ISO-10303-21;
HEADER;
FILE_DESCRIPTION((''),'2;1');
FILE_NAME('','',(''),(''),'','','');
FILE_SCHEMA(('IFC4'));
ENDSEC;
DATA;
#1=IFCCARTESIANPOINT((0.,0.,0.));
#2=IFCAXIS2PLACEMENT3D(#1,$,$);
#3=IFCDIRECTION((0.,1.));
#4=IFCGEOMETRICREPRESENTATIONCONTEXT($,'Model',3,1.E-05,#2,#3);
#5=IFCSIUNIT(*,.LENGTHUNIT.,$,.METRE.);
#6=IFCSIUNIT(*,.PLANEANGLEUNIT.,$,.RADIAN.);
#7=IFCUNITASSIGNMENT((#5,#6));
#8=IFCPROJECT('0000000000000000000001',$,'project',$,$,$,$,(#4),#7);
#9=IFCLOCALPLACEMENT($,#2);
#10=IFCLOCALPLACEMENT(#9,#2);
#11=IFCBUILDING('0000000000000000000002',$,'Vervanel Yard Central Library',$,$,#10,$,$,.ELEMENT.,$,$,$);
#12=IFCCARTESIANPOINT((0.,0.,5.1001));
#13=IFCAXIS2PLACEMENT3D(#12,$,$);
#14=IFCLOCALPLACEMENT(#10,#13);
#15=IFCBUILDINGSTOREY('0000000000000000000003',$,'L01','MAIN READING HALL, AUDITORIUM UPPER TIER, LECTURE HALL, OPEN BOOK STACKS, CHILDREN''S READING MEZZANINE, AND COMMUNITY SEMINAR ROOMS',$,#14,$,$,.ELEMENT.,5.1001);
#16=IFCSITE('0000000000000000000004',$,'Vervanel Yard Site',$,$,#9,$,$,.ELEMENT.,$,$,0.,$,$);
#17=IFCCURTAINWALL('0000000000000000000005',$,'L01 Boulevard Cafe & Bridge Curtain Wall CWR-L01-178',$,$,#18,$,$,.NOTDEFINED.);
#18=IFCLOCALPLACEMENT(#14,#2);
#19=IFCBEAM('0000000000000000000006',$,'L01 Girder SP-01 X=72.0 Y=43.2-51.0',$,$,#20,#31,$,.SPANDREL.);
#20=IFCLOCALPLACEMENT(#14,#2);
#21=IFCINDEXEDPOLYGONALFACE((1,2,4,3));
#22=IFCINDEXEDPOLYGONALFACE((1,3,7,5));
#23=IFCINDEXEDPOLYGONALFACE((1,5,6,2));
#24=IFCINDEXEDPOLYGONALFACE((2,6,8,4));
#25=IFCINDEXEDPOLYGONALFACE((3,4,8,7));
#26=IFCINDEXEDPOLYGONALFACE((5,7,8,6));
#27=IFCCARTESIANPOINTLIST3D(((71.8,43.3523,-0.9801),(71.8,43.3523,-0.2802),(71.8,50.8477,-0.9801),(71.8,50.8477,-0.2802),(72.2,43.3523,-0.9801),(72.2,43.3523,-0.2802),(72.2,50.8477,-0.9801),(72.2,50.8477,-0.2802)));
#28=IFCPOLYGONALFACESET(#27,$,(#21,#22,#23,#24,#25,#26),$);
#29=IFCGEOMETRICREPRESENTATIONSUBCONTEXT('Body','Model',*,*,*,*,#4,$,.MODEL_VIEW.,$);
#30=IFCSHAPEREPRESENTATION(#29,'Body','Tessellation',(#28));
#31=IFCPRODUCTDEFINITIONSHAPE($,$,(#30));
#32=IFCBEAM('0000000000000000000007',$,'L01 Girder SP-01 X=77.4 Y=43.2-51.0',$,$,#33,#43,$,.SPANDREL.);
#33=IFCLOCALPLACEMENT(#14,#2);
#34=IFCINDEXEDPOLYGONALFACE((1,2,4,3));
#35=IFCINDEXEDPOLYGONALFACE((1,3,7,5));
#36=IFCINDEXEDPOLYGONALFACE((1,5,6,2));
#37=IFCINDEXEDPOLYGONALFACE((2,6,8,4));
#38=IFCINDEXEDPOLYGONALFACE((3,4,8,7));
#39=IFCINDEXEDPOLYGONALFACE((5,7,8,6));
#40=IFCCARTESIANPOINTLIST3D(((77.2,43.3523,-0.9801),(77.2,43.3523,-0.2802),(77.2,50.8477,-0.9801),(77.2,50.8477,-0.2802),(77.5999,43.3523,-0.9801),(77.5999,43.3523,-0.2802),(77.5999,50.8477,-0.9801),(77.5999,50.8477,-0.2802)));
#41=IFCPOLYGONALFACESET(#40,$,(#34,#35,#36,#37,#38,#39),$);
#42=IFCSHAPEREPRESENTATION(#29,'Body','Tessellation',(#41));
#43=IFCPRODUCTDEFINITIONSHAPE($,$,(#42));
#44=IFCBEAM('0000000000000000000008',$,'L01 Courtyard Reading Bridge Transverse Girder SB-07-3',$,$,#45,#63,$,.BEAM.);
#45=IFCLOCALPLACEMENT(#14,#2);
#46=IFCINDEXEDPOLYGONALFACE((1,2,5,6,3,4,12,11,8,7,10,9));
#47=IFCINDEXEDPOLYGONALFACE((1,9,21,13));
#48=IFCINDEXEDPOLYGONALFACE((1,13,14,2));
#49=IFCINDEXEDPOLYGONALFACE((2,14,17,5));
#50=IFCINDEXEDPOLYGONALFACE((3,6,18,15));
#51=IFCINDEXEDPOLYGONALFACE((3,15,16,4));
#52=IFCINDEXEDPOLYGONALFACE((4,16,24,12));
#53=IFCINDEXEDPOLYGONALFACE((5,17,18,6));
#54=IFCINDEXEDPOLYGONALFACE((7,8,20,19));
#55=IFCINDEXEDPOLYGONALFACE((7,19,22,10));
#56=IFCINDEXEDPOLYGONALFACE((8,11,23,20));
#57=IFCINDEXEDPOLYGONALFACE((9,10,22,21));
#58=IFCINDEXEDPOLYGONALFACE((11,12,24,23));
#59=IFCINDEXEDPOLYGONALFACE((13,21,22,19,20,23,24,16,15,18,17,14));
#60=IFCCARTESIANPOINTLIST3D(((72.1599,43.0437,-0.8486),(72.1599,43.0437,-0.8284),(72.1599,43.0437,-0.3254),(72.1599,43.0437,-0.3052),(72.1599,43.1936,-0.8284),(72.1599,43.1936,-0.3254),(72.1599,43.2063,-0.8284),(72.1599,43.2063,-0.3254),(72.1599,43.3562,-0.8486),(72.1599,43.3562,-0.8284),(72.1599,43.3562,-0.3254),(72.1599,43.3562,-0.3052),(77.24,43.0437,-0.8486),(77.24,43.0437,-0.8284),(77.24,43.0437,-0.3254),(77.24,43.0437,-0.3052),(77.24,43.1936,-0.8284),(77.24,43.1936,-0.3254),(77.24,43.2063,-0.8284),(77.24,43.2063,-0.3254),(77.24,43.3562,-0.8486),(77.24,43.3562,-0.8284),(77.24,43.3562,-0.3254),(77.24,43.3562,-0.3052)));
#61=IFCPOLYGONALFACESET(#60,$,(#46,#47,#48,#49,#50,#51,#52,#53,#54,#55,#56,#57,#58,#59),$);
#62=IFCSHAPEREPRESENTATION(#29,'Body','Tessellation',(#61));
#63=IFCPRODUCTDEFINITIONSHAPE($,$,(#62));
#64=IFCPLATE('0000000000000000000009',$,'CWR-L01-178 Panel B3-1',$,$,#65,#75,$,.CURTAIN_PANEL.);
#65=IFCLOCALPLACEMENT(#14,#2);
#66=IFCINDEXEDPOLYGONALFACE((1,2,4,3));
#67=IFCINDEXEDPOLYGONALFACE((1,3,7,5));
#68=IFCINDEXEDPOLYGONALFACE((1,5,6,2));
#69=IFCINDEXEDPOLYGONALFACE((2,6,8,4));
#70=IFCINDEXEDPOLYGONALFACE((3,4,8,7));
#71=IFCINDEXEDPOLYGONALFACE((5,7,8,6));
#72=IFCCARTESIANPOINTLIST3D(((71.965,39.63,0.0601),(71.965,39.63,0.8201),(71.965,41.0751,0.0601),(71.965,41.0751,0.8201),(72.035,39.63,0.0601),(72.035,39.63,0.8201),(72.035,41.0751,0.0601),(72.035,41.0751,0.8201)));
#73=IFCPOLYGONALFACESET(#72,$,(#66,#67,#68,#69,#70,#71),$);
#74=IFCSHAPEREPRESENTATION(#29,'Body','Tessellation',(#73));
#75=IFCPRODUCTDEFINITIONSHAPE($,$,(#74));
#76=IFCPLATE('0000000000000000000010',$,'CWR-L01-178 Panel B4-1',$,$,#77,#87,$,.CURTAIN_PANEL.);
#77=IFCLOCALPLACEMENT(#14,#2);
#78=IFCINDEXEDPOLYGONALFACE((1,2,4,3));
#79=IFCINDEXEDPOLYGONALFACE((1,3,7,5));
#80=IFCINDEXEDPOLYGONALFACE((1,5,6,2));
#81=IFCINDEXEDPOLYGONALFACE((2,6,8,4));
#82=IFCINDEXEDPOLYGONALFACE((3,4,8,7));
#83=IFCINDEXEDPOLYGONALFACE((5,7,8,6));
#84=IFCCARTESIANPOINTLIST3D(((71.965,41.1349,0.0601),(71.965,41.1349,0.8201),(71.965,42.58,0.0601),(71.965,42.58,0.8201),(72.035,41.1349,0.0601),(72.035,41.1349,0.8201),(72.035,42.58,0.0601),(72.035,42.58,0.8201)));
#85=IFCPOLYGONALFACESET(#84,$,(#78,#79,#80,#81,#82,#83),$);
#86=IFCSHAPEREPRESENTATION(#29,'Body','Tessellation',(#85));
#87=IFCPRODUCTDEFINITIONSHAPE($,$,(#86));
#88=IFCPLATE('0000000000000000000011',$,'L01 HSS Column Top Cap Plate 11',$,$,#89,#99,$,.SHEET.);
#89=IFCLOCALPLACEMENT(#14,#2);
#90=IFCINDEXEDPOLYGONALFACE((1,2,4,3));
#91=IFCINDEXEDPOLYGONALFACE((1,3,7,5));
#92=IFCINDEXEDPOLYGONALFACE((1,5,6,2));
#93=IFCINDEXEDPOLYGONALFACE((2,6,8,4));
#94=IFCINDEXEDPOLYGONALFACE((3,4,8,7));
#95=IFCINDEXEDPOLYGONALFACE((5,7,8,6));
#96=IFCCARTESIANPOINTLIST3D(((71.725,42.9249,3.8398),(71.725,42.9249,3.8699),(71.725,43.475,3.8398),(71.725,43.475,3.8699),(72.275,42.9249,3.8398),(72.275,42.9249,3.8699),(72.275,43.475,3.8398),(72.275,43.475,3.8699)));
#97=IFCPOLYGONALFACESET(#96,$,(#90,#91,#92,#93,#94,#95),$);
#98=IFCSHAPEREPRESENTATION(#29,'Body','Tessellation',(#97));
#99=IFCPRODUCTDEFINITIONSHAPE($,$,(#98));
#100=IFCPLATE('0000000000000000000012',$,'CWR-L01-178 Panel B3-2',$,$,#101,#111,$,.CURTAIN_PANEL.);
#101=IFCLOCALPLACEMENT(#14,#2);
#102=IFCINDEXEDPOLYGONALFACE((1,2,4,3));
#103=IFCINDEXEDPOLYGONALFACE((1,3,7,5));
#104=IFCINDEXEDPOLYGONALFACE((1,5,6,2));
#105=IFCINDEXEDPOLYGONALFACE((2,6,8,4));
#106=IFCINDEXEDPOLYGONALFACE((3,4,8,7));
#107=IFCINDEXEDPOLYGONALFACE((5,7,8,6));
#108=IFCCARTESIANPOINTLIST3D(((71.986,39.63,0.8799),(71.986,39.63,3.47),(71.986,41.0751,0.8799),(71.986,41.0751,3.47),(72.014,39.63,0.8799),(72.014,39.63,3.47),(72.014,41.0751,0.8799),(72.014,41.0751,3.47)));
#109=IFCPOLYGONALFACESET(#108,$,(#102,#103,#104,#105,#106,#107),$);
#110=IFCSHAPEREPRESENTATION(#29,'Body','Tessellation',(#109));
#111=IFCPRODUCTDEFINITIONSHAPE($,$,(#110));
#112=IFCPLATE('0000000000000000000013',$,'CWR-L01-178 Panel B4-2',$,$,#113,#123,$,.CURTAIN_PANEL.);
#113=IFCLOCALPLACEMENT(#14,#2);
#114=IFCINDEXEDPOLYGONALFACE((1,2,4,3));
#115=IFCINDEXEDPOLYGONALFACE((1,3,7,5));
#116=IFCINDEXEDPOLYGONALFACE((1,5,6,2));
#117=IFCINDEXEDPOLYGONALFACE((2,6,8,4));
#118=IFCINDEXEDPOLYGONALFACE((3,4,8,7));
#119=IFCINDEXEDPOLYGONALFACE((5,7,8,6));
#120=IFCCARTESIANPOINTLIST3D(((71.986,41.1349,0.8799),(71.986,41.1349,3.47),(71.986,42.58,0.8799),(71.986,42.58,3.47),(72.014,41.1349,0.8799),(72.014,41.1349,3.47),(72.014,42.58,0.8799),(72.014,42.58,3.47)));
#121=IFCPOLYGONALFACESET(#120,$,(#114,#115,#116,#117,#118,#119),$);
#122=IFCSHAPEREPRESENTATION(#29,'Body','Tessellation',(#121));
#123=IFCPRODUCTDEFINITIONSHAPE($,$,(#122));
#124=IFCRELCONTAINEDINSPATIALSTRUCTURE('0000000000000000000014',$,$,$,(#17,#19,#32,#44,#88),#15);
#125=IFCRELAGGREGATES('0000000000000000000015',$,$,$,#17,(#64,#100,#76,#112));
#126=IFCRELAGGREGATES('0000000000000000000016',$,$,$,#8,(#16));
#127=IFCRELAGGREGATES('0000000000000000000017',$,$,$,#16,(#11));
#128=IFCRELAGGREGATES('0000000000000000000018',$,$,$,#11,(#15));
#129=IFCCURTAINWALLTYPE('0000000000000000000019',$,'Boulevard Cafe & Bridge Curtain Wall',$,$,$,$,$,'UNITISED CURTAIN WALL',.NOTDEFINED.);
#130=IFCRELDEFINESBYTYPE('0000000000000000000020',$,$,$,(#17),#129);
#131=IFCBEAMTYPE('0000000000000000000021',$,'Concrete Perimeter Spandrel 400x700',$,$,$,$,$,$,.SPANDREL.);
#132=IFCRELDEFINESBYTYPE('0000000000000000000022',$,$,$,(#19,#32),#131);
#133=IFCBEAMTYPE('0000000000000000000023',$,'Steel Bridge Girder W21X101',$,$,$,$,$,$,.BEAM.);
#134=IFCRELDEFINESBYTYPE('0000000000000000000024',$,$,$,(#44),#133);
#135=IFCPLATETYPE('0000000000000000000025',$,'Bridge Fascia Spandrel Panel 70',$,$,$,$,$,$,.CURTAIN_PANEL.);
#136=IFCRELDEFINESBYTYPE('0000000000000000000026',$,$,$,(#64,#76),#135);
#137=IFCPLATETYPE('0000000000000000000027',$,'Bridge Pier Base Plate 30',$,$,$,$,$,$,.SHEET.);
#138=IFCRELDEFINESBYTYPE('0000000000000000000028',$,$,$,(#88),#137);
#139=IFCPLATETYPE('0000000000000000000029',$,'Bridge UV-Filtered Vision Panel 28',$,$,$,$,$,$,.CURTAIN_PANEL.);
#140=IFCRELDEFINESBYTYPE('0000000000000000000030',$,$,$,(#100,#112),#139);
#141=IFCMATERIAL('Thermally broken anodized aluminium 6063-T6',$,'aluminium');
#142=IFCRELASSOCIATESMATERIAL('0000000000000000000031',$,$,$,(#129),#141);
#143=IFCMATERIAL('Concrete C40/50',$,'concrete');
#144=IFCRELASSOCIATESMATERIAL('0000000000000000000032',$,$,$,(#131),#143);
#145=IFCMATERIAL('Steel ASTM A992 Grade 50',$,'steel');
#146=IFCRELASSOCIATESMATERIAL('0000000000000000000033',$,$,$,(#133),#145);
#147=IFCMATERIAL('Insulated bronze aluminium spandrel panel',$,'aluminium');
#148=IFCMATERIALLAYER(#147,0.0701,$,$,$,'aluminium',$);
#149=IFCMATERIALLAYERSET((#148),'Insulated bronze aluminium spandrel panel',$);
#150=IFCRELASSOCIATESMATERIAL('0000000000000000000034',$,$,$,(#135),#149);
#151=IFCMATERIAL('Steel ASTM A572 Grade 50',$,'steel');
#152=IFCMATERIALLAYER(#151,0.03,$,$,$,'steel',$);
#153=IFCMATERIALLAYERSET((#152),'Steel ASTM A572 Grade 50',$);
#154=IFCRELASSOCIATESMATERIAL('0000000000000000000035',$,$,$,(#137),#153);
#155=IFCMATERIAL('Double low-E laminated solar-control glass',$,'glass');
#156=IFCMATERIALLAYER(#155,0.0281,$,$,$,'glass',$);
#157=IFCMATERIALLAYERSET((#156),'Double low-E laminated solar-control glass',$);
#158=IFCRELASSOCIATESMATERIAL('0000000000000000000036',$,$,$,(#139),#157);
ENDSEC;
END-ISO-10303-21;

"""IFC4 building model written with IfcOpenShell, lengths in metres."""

from ifc_helpers import new_model, si_unit, direction, frame, origin, origin_2d, place, context, subcontext, project, spatial, rectangle, i_section, extrude, material, layer, layer_set, material_profile, profile_set, type_object, element, aggregate, save


model = new_model("IFC4")

# Units and contexts
model_context = context("Model", 3, precision=1e-05, world=origin(), true_north=direction((0.0, 1.0)))
body_context = subcontext(model_context, "Body", "Model", "MODEL_VIEW")
ifc_project = project(units=[si_unit("LENGTHUNIT", "METRE"), si_unit("PLANEANGLEUNIT", "RADIAN")], contexts=[model_context])

# Site, building, storey
site_placement = place(None, origin())
site = spatial("IfcSite", under=ifc_project, at=site_placement, Name="Vervanel Yard Site", CompositionType="ELEMENT", RefElevation=0.0)
building_placement = place(site_placement, origin())
building = spatial("IfcBuilding", under=site, at=building_placement, Name="Vervanel Yard Central Library", CompositionType="ELEMENT")
storey_placement = place(building_placement, frame((0.0, 0.0, 5.1001)))
storey = spatial("IfcBuildingStorey", under=building, at=storey_placement, Name="L01", Description="MAIN READING HALL, AUDITORIUM UPPER TIER, LECTURE HALL, OPEN BOOK STACKS, CHILDREN'S READING MEZZANINE, AND COMMUNITY SEMINAR ROOMS", CompositionType="ELEMENT", Elevation=5.1001)

# Curtain wall
ifc_material_1 = material(Name="Thermally broken anodized aluminium 6063-T6", Category="aluminium")
curtain_wall_type = type_object("IfcCurtainWallType", Name="Boulevard Cafe & Bridge Curtain Wall", ElementType="UNITISED CURTAIN WALL", PredefinedType="NOTDEFINED", material=ifc_material_1)
curtain_wall_1_placement = place(storey_placement, origin())
curtain_wall_1 = element("IfcCurtainWall", 1, at=curtain_wall_1_placement, inside=storey, type_object=curtain_wall_type, Name="L01 Boulevard Cafe & Bridge Curtain Wall CWR-L01-178", PredefinedType="NOTDEFINED")

# Beams
ifc_material_2 = material(Name="Concrete C40/50", Category="concrete")
ifc_material_profile_1 = material_profile(ifc_material_2, rectangle(XDim=0.3999, YDim=0.7, at=origin_2d()), Name="RC 400x700", Category="concrete")
ifc_profile_set_1 = profile_set([ifc_material_profile_1], Name="Concrete C40/50")
beam_type_1 = type_object("IfcBeamType", Name="Concrete Perimeter Spandrel 400x700", PredefinedType="SPANDREL", material=ifc_profile_set_1)
for number, where, z_axis, x_axis, name in (
    (2, (72.0, 43.3523, -0.6301), (0.0, 1.0, 0.0), (-1.0, 0.0, 0.0), "L01 Girder SP-01 X=72.0 Y=43.2-51.0"),
    (3, (77.3999, 43.3523, -0.6301), (0.0, 1.0, 0.0), (-1.0, 0.0, 0.0), "L01 Girder SP-01 X=77.4 Y=43.2-51.0"),
):
    element("IfcBeam", number, at=place(storey_placement, frame(where, z_axis=z_axis, x_axis=x_axis)), inside=storey, type_object=beam_type_1, Name=name, PredefinedType="SPANDREL", context=body_context, shape_type="SweptSolid", body=[
        extrude(rectangle(XDim=0.3999, YDim=0.7, at=origin_2d()), origin(), (0.0, 0.0, 1.0), 7.4954),
    ])
ifc_material_3 = material(Name="Steel ASTM A992 Grade 50", Category="steel")
ifc_material_profile_2 = material_profile(ifc_material_3, i_section(OverallWidth=0.3125, OverallDepth=0.5435, WebThickness=0.0127, FlangeThickness=0.0203, at=origin_2d()), Name="W21X101", Category="steel")
ifc_profile_set_2 = profile_set([ifc_material_profile_2], Name="Steel ASTM A992 Grade 50")
beam_type_2 = type_object("IfcBeamType", Name="Steel Bridge Girder W21X101", PredefinedType="BEAM", material=ifc_profile_set_2)
beam_placement = place(storey_placement, frame((72.1599, 43.2, -0.5769), z_axis=(1.0, 0.0, 0.0), x_axis=(0.0, 1.0, 0.0)))
element("IfcBeam", 4, at=beam_placement, inside=storey, type_object=beam_type_2, Name="L01 Courtyard Reading Bridge Transverse Girder SB-07-3", PredefinedType="BEAM", context=body_context, shape_type="SweptSolid", body=[
    extrude(i_section(OverallWidth=0.3125, OverallDepth=0.5435, WebThickness=0.0127, FlangeThickness=0.0203, at=origin_2d()), origin(), (0.0, 0.0, 1.0), 5.0801),
])

# Plates
ifc_material_4 = material(Name="Insulated bronze aluminium spandrel panel", Category="aluminium")
ifc_layer_1 = layer(ifc_material_4, 0.0701, Category="aluminium")
ifc_layer_set_1 = layer_set([ifc_layer_1], Name="Insulated bronze aluminium spandrel panel")
plate_type_1 = type_object("IfcPlateType", Name="Bridge Fascia Spandrel Panel 70", PredefinedType="CURTAIN_PANEL", material=ifc_layer_set_1)
plate_1_placement = place(storey_placement, frame((72.0, 40.3525, 0.0601), z_axis=(0.0, 0.0, 1.0), x_axis=(0.0, 1.0, 0.0)))
plate_1 = element("IfcPlate", 5, at=plate_1_placement, type_object=plate_type_1, Name="CWR-L01-178 Panel B3-1", PredefinedType="CURTAIN_PANEL", context=body_context, shape_type="SweptSolid", body=[
    extrude(rectangle(XDim=1.4451, YDim=0.0701, at=origin_2d()), origin(), (0.0, 0.0, 1.0), 0.76),
])
plate_2_placement = place(storey_placement, frame((72.0, 41.8574, 0.0601), z_axis=(0.0, 0.0, 1.0), x_axis=(0.0, 1.0, 0.0)))
plate_2 = element("IfcPlate", 6, at=plate_2_placement, type_object=plate_type_1, Name="CWR-L01-178 Panel B4-1", PredefinedType="CURTAIN_PANEL", context=body_context, shape_type="SweptSolid", body=[
    extrude(rectangle(XDim=1.4451, YDim=0.0701, at=origin_2d()), origin(), (0.0, 0.0, 1.0), 0.76),
])
ifc_material_5 = material(Name="Steel ASTM A572 Grade 50", Category="steel")
ifc_layer_2 = layer(ifc_material_5, 0.03, Category="steel")
ifc_layer_set_2 = layer_set([ifc_layer_2], Name="Steel ASTM A572 Grade 50")
plate_type_2 = type_object("IfcPlateType", Name="Bridge Pier Base Plate 30", PredefinedType="SHEET", material=ifc_layer_set_2)
plate_3_placement = place(storey_placement, frame((72.0, 43.2, 3.8398), z_axis=(0.0, 0.0, 1.0), x_axis=(1.0, 0.0, 0.0)))
element("IfcPlate", 7, at=plate_3_placement, inside=storey, type_object=plate_type_2, Name="L01 HSS Column Top Cap Plate 11", PredefinedType="SHEET", context=body_context, shape_type="SweptSolid", body=[
    extrude(rectangle(XDim=0.55, YDim=0.55, at=origin_2d()), origin(), (0.0, 0.0, 1.0), 0.03),
])
ifc_material_6 = material(Name="Double low-E laminated solar-control glass", Category="glass")
ifc_layer_3 = layer(ifc_material_6, 0.0281, Category="glass")
ifc_layer_set_3 = layer_set([ifc_layer_3], Name="Double low-E laminated solar-control glass")
plate_type_3 = type_object("IfcPlateType", Name="Bridge UV-Filtered Vision Panel 28", PredefinedType="CURTAIN_PANEL", material=ifc_layer_set_3)
plate_4_placement = place(storey_placement, frame((72.0, 40.3525, 0.8799), z_axis=(0.0, 0.0, 1.0), x_axis=(0.0, 1.0, 0.0)))
plate_4 = element("IfcPlate", 8, at=plate_4_placement, type_object=plate_type_3, Name="CWR-L01-178 Panel B3-2", PredefinedType="CURTAIN_PANEL", context=body_context, shape_type="SweptSolid", body=[
    extrude(rectangle(XDim=1.4451, YDim=0.0281, at=origin_2d()), origin(), (0.0, 0.0, 1.0), 2.5901),
])
plate_5_placement = place(storey_placement, frame((72.0, 41.8574, 0.8799), z_axis=(0.0, 0.0, 1.0), x_axis=(0.0, 1.0, 0.0)))
plate_5 = element("IfcPlate", 9, at=plate_5_placement, type_object=plate_type_3, Name="CWR-L01-178 Panel B4-2", PredefinedType="CURTAIN_PANEL", context=body_context, shape_type="SweptSolid", body=[
    extrude(rectangle(XDim=1.4451, YDim=0.0281, at=origin_2d()), origin(), (0.0, 0.0, 1.0), 2.5901),
])
aggregate(curtain_wall_1, [plate_1, plate_4, plate_2, plate_5])

save(model, "model.ifc")
